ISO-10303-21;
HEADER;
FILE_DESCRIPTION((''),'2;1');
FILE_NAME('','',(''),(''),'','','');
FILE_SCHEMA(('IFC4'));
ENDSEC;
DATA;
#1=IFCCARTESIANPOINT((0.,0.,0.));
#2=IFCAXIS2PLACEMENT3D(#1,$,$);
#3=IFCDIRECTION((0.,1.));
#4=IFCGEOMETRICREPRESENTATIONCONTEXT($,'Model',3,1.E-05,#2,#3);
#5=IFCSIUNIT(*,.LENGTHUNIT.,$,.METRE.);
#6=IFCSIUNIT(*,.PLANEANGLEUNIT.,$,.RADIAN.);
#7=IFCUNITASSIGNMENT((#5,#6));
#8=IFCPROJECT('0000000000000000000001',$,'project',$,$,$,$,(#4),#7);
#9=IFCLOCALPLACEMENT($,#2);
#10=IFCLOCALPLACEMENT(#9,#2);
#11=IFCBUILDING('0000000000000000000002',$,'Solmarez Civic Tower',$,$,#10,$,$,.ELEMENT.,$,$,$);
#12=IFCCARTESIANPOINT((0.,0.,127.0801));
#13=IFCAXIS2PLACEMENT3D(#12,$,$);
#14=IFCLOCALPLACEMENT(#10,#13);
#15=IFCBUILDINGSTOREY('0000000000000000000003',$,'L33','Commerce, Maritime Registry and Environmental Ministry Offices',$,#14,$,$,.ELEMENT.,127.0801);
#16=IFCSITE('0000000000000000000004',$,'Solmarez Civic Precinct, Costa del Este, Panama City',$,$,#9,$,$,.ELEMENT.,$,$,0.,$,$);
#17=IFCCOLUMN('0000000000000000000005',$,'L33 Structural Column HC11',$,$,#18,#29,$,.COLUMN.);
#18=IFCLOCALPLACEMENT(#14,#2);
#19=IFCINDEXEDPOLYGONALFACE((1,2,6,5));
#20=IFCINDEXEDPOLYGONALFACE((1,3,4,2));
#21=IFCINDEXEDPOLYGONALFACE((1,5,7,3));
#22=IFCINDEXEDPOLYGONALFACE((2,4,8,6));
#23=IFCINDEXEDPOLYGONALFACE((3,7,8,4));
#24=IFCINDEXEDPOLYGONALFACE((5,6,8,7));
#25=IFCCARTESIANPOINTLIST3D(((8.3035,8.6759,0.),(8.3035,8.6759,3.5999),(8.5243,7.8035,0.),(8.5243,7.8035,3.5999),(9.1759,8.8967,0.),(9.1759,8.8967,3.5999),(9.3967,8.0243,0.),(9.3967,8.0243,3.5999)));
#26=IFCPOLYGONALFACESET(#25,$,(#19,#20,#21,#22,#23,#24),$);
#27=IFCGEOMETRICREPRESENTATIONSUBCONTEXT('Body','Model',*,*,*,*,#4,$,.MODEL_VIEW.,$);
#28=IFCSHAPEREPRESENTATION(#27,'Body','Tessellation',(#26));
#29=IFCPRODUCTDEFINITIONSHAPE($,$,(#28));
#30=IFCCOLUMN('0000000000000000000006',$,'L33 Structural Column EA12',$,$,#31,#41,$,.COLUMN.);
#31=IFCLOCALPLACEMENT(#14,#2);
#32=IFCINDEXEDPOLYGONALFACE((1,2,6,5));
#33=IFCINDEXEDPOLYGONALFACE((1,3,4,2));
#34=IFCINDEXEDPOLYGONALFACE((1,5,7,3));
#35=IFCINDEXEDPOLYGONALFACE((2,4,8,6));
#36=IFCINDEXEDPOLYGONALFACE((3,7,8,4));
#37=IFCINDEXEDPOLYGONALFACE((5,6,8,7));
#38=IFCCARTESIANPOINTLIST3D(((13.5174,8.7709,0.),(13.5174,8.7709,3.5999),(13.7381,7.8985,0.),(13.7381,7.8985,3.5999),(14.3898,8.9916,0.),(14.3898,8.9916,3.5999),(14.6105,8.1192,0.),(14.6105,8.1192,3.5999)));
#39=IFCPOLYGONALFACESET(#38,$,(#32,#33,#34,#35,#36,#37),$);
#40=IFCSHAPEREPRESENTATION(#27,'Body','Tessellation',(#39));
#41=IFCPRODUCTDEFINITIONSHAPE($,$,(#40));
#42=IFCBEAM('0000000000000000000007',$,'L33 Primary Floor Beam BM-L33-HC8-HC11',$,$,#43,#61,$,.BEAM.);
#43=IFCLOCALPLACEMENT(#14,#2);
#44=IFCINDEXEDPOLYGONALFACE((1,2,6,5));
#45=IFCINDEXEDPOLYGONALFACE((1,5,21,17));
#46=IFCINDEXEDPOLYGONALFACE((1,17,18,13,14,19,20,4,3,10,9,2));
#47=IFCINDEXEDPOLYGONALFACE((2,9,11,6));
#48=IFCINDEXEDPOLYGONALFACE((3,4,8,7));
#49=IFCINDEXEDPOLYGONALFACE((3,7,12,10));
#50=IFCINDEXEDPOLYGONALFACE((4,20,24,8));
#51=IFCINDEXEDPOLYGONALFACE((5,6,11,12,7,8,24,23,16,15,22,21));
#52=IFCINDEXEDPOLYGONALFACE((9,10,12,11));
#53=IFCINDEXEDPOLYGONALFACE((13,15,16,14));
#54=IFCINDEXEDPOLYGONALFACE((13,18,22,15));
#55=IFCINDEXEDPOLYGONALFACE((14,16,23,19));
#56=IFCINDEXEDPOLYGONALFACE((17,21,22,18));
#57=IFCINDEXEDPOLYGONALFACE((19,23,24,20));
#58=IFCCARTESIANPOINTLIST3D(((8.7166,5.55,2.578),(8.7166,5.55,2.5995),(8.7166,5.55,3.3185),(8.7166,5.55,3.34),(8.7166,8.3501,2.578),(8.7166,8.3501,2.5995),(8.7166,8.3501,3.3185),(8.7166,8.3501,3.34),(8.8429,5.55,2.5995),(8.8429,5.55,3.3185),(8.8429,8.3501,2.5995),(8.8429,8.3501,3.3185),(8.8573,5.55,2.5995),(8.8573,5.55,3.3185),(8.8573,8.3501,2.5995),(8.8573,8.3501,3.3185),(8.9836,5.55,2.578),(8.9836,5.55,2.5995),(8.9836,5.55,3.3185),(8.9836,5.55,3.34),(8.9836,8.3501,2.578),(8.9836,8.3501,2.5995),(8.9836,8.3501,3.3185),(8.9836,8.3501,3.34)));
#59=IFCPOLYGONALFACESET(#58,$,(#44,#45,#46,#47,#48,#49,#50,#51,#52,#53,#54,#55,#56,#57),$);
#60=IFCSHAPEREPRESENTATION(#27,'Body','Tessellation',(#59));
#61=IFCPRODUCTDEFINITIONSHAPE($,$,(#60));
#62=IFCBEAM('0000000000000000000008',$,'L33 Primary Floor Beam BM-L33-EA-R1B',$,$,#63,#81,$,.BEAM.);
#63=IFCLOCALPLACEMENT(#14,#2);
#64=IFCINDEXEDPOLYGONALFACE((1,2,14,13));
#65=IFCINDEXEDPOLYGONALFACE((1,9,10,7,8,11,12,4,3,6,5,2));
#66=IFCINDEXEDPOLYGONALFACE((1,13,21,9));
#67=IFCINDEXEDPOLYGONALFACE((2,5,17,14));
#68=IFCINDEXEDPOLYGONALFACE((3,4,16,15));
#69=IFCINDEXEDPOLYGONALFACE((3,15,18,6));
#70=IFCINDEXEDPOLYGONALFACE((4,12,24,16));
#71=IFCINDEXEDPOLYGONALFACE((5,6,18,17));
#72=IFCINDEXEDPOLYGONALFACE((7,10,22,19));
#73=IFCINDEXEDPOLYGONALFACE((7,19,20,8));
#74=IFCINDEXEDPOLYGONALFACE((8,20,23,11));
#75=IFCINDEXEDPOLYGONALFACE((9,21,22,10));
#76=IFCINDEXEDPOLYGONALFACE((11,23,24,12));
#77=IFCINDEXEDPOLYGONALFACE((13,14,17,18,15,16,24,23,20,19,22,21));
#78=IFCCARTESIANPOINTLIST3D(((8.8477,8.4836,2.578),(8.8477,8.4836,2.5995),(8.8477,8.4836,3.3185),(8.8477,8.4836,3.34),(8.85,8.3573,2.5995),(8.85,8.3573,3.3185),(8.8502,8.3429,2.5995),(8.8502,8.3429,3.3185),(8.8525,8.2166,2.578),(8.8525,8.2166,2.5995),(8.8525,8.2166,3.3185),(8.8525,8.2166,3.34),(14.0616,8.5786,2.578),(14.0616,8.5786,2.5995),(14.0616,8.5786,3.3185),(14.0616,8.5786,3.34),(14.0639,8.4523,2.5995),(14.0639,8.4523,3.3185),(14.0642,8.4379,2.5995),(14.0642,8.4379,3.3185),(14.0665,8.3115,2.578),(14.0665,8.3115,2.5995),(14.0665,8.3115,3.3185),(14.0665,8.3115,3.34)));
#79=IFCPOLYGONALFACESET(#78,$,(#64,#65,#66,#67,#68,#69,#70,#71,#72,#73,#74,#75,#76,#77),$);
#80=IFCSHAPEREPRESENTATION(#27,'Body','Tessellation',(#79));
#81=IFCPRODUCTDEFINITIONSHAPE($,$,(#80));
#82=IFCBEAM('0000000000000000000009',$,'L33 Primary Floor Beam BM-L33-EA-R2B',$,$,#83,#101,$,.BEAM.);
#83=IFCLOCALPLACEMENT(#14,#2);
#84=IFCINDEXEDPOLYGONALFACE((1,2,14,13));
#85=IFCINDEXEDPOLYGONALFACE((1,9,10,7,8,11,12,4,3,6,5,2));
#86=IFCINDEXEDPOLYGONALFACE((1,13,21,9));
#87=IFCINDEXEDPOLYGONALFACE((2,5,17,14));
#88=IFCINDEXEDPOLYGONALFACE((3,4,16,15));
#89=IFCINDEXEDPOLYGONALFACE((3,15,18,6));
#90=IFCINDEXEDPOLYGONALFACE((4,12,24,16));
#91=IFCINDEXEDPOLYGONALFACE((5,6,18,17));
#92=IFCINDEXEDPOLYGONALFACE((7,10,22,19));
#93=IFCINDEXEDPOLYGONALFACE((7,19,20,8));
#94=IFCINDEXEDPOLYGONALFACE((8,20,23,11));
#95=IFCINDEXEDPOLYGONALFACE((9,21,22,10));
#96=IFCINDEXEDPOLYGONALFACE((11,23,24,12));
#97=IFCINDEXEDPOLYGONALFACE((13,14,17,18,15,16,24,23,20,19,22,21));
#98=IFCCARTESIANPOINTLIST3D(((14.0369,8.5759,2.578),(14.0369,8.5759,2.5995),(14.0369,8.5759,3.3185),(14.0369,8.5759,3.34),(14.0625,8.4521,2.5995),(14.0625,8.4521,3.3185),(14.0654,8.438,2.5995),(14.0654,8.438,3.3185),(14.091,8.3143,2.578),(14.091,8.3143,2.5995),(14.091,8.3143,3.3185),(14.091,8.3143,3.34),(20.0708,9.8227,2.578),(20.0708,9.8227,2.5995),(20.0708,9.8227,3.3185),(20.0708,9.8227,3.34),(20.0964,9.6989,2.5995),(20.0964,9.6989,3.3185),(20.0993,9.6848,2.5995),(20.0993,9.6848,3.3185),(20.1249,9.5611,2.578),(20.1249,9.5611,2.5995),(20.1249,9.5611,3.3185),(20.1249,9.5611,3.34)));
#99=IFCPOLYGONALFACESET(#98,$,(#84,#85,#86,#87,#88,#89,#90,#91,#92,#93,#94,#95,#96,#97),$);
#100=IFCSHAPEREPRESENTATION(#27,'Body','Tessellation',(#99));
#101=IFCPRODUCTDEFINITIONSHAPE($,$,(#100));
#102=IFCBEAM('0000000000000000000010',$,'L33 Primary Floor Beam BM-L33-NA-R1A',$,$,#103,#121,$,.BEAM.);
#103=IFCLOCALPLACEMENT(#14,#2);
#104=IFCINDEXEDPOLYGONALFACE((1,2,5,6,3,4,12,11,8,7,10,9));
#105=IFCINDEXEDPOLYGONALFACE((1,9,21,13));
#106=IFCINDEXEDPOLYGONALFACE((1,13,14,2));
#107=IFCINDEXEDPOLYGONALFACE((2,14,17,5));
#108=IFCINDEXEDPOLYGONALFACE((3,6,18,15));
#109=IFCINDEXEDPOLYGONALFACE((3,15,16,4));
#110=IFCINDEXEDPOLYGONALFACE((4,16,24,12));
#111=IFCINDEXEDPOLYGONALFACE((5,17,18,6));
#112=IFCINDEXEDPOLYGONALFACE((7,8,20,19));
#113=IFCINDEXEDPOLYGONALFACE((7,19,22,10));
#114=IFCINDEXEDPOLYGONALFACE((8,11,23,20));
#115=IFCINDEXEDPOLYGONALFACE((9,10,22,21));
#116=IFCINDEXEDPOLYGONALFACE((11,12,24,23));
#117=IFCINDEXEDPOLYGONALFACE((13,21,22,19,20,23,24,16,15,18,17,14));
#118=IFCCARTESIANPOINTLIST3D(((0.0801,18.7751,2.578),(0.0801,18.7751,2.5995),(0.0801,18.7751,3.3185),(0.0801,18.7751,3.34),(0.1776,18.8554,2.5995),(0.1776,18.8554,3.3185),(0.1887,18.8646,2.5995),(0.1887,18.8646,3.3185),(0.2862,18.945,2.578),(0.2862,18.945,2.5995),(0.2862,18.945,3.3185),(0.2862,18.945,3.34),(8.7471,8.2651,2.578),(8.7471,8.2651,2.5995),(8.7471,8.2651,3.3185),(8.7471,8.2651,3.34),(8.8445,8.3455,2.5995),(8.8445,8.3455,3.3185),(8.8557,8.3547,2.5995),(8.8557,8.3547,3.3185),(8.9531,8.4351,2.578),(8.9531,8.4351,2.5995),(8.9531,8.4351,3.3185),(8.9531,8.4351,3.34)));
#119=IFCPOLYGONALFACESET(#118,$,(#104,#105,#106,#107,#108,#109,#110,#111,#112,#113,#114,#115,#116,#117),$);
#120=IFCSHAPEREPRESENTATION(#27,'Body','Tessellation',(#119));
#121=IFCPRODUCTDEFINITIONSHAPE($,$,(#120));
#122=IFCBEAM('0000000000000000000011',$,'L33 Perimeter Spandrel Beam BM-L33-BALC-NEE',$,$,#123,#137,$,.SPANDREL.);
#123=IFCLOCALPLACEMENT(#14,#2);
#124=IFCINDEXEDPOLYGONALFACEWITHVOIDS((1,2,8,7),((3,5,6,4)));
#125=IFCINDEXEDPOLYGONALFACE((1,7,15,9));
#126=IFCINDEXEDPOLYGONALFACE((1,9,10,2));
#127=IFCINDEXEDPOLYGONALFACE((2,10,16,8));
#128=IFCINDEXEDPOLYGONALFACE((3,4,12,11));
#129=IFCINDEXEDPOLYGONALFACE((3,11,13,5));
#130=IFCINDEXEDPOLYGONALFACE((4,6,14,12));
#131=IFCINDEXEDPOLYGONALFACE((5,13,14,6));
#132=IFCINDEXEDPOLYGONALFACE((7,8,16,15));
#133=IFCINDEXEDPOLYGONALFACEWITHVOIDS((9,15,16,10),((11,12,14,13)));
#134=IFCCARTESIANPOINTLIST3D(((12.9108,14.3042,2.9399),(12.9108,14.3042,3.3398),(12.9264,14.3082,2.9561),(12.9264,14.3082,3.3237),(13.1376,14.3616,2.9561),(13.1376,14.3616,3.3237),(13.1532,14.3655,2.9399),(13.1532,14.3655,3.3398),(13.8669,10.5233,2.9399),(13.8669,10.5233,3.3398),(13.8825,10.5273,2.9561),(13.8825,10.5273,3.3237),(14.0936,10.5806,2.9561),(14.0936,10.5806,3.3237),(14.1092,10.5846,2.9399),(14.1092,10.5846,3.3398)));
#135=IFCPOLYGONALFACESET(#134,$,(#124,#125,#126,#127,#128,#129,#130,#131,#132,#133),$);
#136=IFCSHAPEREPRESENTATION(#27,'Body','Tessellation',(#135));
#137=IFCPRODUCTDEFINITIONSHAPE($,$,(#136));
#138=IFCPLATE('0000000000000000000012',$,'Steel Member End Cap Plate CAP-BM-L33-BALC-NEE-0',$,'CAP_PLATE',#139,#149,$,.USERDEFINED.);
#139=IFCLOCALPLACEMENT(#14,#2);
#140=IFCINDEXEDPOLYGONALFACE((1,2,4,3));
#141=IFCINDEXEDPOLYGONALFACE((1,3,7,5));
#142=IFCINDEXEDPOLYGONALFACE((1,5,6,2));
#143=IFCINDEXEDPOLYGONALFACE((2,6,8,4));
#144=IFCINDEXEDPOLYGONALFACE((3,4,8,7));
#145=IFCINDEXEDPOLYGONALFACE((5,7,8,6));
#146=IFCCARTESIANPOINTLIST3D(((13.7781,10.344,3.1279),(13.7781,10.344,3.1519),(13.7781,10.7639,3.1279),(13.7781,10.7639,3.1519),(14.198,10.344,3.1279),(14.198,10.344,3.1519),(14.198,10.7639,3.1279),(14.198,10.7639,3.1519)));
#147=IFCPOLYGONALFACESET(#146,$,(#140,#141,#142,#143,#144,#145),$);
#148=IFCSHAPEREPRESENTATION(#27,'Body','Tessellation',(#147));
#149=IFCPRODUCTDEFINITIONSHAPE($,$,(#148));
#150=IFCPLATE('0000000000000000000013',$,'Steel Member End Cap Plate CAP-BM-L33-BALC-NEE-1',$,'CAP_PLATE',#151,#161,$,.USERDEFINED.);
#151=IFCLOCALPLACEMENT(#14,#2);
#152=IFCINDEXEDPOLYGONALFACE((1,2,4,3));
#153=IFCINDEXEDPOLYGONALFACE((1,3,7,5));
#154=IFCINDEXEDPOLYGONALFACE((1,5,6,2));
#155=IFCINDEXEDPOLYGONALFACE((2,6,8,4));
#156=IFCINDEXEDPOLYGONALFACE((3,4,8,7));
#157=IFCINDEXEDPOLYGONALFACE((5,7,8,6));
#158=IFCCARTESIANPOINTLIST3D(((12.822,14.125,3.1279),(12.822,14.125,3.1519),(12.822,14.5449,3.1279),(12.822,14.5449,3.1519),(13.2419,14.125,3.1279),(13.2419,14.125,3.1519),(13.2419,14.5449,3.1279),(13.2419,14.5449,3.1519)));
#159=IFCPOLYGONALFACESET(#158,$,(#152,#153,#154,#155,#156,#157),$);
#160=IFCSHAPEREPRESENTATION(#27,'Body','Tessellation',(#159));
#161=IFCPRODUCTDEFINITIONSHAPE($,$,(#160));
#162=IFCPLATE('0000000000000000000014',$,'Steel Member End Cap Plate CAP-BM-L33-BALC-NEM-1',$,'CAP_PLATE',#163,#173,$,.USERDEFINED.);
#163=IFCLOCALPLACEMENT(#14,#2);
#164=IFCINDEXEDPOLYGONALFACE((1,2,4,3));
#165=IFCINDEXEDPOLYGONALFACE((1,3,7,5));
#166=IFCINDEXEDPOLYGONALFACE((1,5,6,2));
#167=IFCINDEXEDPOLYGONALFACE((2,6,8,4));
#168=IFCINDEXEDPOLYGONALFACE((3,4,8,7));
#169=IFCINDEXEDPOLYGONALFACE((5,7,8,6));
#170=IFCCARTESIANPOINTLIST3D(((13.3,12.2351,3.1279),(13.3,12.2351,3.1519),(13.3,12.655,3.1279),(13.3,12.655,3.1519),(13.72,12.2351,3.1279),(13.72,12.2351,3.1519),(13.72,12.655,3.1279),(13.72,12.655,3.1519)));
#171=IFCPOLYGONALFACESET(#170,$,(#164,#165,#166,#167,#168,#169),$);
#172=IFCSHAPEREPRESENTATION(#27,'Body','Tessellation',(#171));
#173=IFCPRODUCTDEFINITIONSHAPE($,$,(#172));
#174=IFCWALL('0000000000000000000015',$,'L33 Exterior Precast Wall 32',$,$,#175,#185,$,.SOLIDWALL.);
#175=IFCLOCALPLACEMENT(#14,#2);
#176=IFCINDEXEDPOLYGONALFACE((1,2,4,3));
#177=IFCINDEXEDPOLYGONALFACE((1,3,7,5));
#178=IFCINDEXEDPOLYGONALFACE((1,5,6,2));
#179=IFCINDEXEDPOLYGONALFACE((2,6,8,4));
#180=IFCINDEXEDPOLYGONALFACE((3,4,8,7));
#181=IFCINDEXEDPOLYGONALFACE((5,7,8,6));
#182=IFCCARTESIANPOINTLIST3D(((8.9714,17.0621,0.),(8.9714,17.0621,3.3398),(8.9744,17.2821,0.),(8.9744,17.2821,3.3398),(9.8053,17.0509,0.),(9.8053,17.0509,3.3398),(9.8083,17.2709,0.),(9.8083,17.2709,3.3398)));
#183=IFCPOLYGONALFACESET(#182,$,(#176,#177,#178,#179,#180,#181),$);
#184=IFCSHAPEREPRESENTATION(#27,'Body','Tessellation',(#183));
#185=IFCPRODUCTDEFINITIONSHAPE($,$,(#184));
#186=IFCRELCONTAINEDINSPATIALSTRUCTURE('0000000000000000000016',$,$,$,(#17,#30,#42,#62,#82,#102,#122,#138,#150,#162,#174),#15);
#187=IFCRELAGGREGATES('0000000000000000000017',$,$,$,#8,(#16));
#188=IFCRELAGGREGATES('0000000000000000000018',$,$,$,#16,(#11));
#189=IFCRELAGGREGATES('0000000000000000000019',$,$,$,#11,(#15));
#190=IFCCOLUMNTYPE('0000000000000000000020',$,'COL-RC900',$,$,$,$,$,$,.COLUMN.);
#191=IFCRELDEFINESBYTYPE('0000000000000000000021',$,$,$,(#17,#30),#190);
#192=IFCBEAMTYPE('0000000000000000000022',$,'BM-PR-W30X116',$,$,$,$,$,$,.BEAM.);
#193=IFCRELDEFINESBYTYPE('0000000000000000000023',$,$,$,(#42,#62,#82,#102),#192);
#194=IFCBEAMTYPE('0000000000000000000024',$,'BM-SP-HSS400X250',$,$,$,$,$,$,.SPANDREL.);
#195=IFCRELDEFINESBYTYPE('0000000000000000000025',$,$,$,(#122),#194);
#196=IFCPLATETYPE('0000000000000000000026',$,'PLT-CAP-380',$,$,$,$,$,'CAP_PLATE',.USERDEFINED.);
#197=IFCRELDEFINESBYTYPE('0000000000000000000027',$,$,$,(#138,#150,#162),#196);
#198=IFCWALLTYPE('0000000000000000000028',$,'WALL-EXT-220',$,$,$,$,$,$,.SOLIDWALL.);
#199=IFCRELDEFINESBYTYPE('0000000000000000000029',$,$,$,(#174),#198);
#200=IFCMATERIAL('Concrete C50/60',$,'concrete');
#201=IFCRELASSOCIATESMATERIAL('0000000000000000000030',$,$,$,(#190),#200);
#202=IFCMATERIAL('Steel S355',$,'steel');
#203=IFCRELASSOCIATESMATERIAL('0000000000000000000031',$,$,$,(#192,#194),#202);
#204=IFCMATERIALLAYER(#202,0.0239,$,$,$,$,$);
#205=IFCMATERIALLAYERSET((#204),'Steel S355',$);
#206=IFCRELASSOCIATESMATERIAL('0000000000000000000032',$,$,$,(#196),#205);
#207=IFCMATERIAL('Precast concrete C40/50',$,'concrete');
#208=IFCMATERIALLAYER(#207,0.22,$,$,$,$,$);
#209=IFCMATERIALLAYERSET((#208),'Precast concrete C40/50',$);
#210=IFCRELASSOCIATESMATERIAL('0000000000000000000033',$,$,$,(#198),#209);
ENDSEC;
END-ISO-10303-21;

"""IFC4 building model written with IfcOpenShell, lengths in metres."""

from ifc_helpers import new_model, si_unit, direction, frame, frame_2d, origin, origin_2d, place, context, subcontext, project, spatial, rectangle, hollow_rectangle, i_section, extrude, material, layer, layer_set, material_profile, profile_set, type_object, element, save


model = new_model("IFC4")

# Units and contexts
model_context = context("Model", 3, precision=1e-05, world=origin(), true_north=direction((0.0, 1.0)))
body_context = subcontext(model_context, "Body", "Model", "MODEL_VIEW")
ifc_project = project(units=[si_unit("LENGTHUNIT", "METRE"), si_unit("PLANEANGLEUNIT", "RADIAN")], contexts=[model_context])

# Site, building, storey
site_placement = place(None, origin())
site = spatial("IfcSite", under=ifc_project, at=site_placement, Name="Solmarez Civic Precinct, Costa del Este, Panama City", CompositionType="ELEMENT", RefElevation=0.0)
building_placement = place(site_placement, origin())
building = spatial("IfcBuilding", under=site, at=building_placement, Name="Solmarez Civic Tower", CompositionType="ELEMENT")
storey_placement = place(building_placement, frame((0.0, 0.0, 127.0801)))
storey = spatial("IfcBuildingStorey", under=building, at=storey_placement, Name="L33", Description="Commerce, Maritime Registry and Environmental Ministry Offices", CompositionType="ELEMENT", Elevation=127.0801)

# Columns
ifc_material_1 = material(Name="Concrete C50/60", Category="concrete")
ifc_material_profile_1 = material_profile(ifc_material_1, rectangle(XDim=0.8999, YDim=0.8999, at=origin_2d()), Name="RC900X900")
ifc_profile_set_1 = profile_set([ifc_material_profile_1], Name="Concrete C50/60")
column_type = type_object("IfcColumnType", Name="COL-RC900", PredefinedType="COLUMN", material=ifc_profile_set_1)
for number, where, z_axis, x_axis, name in (
    (1, (8.8501, 8.3501, 0.0), (0.0, 0.0, 1.0), (0.969445, 0.245307, 0.0), "L33 Structural Column HC11"),
    (2, (14.064, 8.4451, 0.0), (0.0, 0.0, 1.0), (0.969445, 0.245307, 0.0), "L33 Structural Column EA12"),
):
    element("IfcColumn", number, at=place(storey_placement, frame(where, z_axis=z_axis, x_axis=x_axis)), inside=storey, type_object=column_type, Name=name, PredefinedType="COLUMN", context=body_context, shape_type="SweptSolid", body=[
        extrude(rectangle(XDim=0.8999, YDim=0.8999, at=origin_2d()), origin(), (0.0, 0.0, 1.0), 3.5999),
    ])

# Beams
ifc_material_2 = material(Name="Steel S355", Category="steel")
ifc_material_profile_2 = material_profile(ifc_material_2, i_section(OverallWidth=0.2671, OverallDepth=0.762, WebThickness=0.0144, FlangeThickness=0.0215, at=origin_2d()), Name="W30X116")
ifc_profile_set_2 = profile_set([ifc_material_profile_2], Name="Steel S355")
beam_type_1 = type_object("IfcBeamType", Name="BM-PR-W30X116", PredefinedType="BEAM", material=ifc_profile_set_2)
beam_1_placement = place(storey_placement, frame((8.8501, 5.55, 2.959), z_axis=(0.0, 1.0, 0.0), x_axis=(-1.0, 0.0, 0.0)))
element("IfcBeam", 3, at=beam_1_placement, inside=storey, type_object=beam_type_1, Name="L33 Primary Floor Beam BM-L33-HC8-HC11", PredefinedType="BEAM", context=body_context, shape_type="SweptSolid", body=[
    extrude(i_section(OverallWidth=0.2671, OverallDepth=0.762, WebThickness=0.0144, FlangeThickness=0.0215, at=origin_2d()), origin(), (0.0, 0.0, 1.0), 2.8),
])
beam_2_placement = place(storey_placement, frame((8.8501, 8.3501, 2.959), z_axis=(0.999834, 0.018212, 0.0), x_axis=(-0.018212, 0.999834, 0.0)))
element("IfcBeam", 4, at=beam_2_placement, inside=storey, type_object=beam_type_1, Name="L33 Primary Floor Beam BM-L33-EA-R1B", PredefinedType="BEAM", context=body_context, shape_type="SweptSolid", body=[
    extrude(i_section(OverallWidth=0.2671, OverallDepth=0.762, WebThickness=0.0144, FlangeThickness=0.0215, at=origin_2d()), origin(), (0.0, 0.0, 1.0), 5.2148),
])
beam_3_placement = place(storey_placement, frame((14.064, 8.4451, 2.959), z_axis=(0.979311, 0.202361, 0.0), x_axis=(-0.202361, 0.979311, 0.0)))
element("IfcBeam", 5, at=beam_3_placement, inside=storey, type_object=beam_type_1, Name="L33 Primary Floor Beam BM-L33-EA-R2B", PredefinedType="BEAM", context=body_context, shape_type="SweptSolid", body=[
    extrude(i_section(OverallWidth=0.2671, OverallDepth=0.762, WebThickness=0.0144, FlangeThickness=0.0215, at=origin_2d()), origin(), (0.0, 0.0, 1.0), 6.1614),
])
beam_4_placement = place(storey_placement, frame((8.8501, 8.3501, 2.959), z_axis=(-0.636218, 0.771509, 0.0), x_axis=(-0.771509, -0.636218, 0.0)))
element("IfcBeam", 6, at=beam_4_placement, inside=storey, type_object=beam_type_1, Name="L33 Primary Floor Beam BM-L33-NA-R1A", PredefinedType="BEAM", context=body_context, shape_type="SweptSolid", body=[
    extrude(i_section(OverallWidth=0.2671, OverallDepth=0.762, WebThickness=0.0144, FlangeThickness=0.0215, at=origin_2d()), origin(), (0.0, 0.0, 1.0), 13.6226),
])
ifc_material_profile_3 = material_profile(ifc_material_2, hollow_rectangle(XDim=0.25, YDim=0.3999, WallThickness=0.0161, at=origin_2d()), Name="HSS400X250X16")
ifc_profile_set_3 = profile_set([ifc_material_profile_3], Name="Steel S355")
beam_type_2 = type_object("IfcBeamType", Name="BM-SP-HSS400X250", PredefinedType="SPANDREL", material=ifc_profile_set_3)
beam_5_placement = place(storey_placement, frame((13.988, 10.554, 3.1399), z_axis=(-0.245142, 0.969487, 0.0), x_axis=(-0.969487, -0.245142, 0.0)))
element("IfcBeam", 7, at=beam_5_placement, inside=storey, type_object=beam_type_2, Name="L33 Perimeter Spandrel Beam BM-L33-BALC-NEE", PredefinedType="SPANDREL", context=body_context, shape_type="SweptSolid", body=[
    extrude(hollow_rectangle(XDim=0.25, YDim=0.3999, WallThickness=0.0161, at=origin_2d()), origin(), (0.0, 0.0, 1.0), 3.8999),
])

# Plates
ifc_layer_1 = layer(ifc_material_2, 0.0239)
ifc_layer_set_1 = layer_set([ifc_layer_1], Name="Steel S355")
plate_type = type_object("IfcPlateType", Name="PLT-CAP-380", ElementType="CAP_PLATE", PredefinedType="USERDEFINED", material=ifc_layer_set_1)
for number, where, z_axis, x_axis, name in (
    (8, (13.988, 10.554, 3.1279), (0.0, 0.0, 1.0), (1.0, 0.0, 0.0), "Steel Member End Cap Plate CAP-BM-L33-BALC-NEE-0"),
    (9, (13.032, 14.335, 3.1279), (0.0, 0.0, 1.0), (1.0, 0.0, 0.0), "Steel Member End Cap Plate CAP-BM-L33-BALC-NEE-1"),
    (10, (13.51, 12.4451, 3.1279), (0.0, 0.0, 1.0), (1.0, 0.0, 0.0), "Steel Member End Cap Plate CAP-BM-L33-BALC-NEM-1"),
):
    element("IfcPlate", number, at=place(storey_placement, frame(where, z_axis=z_axis, x_axis=x_axis)), inside=storey, type_object=plate_type, Name=name, ObjectType="CAP_PLATE", PredefinedType="USERDEFINED", context=body_context, shape_type="SweptSolid", body=[
        extrude(rectangle(XDim=0.4199, YDim=0.4199, at=origin_2d()), origin(), (0.0, 0.0, 1.0), 0.0239),
    ])

# Wall
ifc_material_3 = material(Name="Precast concrete C40/50", Category="concrete")
ifc_layer_2 = layer(ifc_material_3, 0.22)
ifc_layer_set_2 = layer_set([ifc_layer_2], Name="Precast concrete C40/50")
wall_type_1 = type_object("IfcWallType", Name="WALL-EXT-220", PredefinedType="SOLIDWALL", material=ifc_layer_set_2)
wall_1_placement = place(storey_placement, frame((8.9729, 17.1721, 0.0), z_axis=(0.0, 0.0, 1.0), x_axis=(0.999909, -0.013465, 0.0)))
element("IfcWall", 11, at=wall_1_placement, inside=storey, type_object=wall_type_1, Name="L33 Exterior Precast Wall 32", PredefinedType="SOLIDWALL", context=body_context, shape_type="SweptSolid", body=[
    extrude(rectangle(XDim=0.834, YDim=0.22, at=frame_2d((0.417, 0.0))), origin(), (0.0, 0.0, 1.0), 3.3398),
])

save(model, "model.ifc")
